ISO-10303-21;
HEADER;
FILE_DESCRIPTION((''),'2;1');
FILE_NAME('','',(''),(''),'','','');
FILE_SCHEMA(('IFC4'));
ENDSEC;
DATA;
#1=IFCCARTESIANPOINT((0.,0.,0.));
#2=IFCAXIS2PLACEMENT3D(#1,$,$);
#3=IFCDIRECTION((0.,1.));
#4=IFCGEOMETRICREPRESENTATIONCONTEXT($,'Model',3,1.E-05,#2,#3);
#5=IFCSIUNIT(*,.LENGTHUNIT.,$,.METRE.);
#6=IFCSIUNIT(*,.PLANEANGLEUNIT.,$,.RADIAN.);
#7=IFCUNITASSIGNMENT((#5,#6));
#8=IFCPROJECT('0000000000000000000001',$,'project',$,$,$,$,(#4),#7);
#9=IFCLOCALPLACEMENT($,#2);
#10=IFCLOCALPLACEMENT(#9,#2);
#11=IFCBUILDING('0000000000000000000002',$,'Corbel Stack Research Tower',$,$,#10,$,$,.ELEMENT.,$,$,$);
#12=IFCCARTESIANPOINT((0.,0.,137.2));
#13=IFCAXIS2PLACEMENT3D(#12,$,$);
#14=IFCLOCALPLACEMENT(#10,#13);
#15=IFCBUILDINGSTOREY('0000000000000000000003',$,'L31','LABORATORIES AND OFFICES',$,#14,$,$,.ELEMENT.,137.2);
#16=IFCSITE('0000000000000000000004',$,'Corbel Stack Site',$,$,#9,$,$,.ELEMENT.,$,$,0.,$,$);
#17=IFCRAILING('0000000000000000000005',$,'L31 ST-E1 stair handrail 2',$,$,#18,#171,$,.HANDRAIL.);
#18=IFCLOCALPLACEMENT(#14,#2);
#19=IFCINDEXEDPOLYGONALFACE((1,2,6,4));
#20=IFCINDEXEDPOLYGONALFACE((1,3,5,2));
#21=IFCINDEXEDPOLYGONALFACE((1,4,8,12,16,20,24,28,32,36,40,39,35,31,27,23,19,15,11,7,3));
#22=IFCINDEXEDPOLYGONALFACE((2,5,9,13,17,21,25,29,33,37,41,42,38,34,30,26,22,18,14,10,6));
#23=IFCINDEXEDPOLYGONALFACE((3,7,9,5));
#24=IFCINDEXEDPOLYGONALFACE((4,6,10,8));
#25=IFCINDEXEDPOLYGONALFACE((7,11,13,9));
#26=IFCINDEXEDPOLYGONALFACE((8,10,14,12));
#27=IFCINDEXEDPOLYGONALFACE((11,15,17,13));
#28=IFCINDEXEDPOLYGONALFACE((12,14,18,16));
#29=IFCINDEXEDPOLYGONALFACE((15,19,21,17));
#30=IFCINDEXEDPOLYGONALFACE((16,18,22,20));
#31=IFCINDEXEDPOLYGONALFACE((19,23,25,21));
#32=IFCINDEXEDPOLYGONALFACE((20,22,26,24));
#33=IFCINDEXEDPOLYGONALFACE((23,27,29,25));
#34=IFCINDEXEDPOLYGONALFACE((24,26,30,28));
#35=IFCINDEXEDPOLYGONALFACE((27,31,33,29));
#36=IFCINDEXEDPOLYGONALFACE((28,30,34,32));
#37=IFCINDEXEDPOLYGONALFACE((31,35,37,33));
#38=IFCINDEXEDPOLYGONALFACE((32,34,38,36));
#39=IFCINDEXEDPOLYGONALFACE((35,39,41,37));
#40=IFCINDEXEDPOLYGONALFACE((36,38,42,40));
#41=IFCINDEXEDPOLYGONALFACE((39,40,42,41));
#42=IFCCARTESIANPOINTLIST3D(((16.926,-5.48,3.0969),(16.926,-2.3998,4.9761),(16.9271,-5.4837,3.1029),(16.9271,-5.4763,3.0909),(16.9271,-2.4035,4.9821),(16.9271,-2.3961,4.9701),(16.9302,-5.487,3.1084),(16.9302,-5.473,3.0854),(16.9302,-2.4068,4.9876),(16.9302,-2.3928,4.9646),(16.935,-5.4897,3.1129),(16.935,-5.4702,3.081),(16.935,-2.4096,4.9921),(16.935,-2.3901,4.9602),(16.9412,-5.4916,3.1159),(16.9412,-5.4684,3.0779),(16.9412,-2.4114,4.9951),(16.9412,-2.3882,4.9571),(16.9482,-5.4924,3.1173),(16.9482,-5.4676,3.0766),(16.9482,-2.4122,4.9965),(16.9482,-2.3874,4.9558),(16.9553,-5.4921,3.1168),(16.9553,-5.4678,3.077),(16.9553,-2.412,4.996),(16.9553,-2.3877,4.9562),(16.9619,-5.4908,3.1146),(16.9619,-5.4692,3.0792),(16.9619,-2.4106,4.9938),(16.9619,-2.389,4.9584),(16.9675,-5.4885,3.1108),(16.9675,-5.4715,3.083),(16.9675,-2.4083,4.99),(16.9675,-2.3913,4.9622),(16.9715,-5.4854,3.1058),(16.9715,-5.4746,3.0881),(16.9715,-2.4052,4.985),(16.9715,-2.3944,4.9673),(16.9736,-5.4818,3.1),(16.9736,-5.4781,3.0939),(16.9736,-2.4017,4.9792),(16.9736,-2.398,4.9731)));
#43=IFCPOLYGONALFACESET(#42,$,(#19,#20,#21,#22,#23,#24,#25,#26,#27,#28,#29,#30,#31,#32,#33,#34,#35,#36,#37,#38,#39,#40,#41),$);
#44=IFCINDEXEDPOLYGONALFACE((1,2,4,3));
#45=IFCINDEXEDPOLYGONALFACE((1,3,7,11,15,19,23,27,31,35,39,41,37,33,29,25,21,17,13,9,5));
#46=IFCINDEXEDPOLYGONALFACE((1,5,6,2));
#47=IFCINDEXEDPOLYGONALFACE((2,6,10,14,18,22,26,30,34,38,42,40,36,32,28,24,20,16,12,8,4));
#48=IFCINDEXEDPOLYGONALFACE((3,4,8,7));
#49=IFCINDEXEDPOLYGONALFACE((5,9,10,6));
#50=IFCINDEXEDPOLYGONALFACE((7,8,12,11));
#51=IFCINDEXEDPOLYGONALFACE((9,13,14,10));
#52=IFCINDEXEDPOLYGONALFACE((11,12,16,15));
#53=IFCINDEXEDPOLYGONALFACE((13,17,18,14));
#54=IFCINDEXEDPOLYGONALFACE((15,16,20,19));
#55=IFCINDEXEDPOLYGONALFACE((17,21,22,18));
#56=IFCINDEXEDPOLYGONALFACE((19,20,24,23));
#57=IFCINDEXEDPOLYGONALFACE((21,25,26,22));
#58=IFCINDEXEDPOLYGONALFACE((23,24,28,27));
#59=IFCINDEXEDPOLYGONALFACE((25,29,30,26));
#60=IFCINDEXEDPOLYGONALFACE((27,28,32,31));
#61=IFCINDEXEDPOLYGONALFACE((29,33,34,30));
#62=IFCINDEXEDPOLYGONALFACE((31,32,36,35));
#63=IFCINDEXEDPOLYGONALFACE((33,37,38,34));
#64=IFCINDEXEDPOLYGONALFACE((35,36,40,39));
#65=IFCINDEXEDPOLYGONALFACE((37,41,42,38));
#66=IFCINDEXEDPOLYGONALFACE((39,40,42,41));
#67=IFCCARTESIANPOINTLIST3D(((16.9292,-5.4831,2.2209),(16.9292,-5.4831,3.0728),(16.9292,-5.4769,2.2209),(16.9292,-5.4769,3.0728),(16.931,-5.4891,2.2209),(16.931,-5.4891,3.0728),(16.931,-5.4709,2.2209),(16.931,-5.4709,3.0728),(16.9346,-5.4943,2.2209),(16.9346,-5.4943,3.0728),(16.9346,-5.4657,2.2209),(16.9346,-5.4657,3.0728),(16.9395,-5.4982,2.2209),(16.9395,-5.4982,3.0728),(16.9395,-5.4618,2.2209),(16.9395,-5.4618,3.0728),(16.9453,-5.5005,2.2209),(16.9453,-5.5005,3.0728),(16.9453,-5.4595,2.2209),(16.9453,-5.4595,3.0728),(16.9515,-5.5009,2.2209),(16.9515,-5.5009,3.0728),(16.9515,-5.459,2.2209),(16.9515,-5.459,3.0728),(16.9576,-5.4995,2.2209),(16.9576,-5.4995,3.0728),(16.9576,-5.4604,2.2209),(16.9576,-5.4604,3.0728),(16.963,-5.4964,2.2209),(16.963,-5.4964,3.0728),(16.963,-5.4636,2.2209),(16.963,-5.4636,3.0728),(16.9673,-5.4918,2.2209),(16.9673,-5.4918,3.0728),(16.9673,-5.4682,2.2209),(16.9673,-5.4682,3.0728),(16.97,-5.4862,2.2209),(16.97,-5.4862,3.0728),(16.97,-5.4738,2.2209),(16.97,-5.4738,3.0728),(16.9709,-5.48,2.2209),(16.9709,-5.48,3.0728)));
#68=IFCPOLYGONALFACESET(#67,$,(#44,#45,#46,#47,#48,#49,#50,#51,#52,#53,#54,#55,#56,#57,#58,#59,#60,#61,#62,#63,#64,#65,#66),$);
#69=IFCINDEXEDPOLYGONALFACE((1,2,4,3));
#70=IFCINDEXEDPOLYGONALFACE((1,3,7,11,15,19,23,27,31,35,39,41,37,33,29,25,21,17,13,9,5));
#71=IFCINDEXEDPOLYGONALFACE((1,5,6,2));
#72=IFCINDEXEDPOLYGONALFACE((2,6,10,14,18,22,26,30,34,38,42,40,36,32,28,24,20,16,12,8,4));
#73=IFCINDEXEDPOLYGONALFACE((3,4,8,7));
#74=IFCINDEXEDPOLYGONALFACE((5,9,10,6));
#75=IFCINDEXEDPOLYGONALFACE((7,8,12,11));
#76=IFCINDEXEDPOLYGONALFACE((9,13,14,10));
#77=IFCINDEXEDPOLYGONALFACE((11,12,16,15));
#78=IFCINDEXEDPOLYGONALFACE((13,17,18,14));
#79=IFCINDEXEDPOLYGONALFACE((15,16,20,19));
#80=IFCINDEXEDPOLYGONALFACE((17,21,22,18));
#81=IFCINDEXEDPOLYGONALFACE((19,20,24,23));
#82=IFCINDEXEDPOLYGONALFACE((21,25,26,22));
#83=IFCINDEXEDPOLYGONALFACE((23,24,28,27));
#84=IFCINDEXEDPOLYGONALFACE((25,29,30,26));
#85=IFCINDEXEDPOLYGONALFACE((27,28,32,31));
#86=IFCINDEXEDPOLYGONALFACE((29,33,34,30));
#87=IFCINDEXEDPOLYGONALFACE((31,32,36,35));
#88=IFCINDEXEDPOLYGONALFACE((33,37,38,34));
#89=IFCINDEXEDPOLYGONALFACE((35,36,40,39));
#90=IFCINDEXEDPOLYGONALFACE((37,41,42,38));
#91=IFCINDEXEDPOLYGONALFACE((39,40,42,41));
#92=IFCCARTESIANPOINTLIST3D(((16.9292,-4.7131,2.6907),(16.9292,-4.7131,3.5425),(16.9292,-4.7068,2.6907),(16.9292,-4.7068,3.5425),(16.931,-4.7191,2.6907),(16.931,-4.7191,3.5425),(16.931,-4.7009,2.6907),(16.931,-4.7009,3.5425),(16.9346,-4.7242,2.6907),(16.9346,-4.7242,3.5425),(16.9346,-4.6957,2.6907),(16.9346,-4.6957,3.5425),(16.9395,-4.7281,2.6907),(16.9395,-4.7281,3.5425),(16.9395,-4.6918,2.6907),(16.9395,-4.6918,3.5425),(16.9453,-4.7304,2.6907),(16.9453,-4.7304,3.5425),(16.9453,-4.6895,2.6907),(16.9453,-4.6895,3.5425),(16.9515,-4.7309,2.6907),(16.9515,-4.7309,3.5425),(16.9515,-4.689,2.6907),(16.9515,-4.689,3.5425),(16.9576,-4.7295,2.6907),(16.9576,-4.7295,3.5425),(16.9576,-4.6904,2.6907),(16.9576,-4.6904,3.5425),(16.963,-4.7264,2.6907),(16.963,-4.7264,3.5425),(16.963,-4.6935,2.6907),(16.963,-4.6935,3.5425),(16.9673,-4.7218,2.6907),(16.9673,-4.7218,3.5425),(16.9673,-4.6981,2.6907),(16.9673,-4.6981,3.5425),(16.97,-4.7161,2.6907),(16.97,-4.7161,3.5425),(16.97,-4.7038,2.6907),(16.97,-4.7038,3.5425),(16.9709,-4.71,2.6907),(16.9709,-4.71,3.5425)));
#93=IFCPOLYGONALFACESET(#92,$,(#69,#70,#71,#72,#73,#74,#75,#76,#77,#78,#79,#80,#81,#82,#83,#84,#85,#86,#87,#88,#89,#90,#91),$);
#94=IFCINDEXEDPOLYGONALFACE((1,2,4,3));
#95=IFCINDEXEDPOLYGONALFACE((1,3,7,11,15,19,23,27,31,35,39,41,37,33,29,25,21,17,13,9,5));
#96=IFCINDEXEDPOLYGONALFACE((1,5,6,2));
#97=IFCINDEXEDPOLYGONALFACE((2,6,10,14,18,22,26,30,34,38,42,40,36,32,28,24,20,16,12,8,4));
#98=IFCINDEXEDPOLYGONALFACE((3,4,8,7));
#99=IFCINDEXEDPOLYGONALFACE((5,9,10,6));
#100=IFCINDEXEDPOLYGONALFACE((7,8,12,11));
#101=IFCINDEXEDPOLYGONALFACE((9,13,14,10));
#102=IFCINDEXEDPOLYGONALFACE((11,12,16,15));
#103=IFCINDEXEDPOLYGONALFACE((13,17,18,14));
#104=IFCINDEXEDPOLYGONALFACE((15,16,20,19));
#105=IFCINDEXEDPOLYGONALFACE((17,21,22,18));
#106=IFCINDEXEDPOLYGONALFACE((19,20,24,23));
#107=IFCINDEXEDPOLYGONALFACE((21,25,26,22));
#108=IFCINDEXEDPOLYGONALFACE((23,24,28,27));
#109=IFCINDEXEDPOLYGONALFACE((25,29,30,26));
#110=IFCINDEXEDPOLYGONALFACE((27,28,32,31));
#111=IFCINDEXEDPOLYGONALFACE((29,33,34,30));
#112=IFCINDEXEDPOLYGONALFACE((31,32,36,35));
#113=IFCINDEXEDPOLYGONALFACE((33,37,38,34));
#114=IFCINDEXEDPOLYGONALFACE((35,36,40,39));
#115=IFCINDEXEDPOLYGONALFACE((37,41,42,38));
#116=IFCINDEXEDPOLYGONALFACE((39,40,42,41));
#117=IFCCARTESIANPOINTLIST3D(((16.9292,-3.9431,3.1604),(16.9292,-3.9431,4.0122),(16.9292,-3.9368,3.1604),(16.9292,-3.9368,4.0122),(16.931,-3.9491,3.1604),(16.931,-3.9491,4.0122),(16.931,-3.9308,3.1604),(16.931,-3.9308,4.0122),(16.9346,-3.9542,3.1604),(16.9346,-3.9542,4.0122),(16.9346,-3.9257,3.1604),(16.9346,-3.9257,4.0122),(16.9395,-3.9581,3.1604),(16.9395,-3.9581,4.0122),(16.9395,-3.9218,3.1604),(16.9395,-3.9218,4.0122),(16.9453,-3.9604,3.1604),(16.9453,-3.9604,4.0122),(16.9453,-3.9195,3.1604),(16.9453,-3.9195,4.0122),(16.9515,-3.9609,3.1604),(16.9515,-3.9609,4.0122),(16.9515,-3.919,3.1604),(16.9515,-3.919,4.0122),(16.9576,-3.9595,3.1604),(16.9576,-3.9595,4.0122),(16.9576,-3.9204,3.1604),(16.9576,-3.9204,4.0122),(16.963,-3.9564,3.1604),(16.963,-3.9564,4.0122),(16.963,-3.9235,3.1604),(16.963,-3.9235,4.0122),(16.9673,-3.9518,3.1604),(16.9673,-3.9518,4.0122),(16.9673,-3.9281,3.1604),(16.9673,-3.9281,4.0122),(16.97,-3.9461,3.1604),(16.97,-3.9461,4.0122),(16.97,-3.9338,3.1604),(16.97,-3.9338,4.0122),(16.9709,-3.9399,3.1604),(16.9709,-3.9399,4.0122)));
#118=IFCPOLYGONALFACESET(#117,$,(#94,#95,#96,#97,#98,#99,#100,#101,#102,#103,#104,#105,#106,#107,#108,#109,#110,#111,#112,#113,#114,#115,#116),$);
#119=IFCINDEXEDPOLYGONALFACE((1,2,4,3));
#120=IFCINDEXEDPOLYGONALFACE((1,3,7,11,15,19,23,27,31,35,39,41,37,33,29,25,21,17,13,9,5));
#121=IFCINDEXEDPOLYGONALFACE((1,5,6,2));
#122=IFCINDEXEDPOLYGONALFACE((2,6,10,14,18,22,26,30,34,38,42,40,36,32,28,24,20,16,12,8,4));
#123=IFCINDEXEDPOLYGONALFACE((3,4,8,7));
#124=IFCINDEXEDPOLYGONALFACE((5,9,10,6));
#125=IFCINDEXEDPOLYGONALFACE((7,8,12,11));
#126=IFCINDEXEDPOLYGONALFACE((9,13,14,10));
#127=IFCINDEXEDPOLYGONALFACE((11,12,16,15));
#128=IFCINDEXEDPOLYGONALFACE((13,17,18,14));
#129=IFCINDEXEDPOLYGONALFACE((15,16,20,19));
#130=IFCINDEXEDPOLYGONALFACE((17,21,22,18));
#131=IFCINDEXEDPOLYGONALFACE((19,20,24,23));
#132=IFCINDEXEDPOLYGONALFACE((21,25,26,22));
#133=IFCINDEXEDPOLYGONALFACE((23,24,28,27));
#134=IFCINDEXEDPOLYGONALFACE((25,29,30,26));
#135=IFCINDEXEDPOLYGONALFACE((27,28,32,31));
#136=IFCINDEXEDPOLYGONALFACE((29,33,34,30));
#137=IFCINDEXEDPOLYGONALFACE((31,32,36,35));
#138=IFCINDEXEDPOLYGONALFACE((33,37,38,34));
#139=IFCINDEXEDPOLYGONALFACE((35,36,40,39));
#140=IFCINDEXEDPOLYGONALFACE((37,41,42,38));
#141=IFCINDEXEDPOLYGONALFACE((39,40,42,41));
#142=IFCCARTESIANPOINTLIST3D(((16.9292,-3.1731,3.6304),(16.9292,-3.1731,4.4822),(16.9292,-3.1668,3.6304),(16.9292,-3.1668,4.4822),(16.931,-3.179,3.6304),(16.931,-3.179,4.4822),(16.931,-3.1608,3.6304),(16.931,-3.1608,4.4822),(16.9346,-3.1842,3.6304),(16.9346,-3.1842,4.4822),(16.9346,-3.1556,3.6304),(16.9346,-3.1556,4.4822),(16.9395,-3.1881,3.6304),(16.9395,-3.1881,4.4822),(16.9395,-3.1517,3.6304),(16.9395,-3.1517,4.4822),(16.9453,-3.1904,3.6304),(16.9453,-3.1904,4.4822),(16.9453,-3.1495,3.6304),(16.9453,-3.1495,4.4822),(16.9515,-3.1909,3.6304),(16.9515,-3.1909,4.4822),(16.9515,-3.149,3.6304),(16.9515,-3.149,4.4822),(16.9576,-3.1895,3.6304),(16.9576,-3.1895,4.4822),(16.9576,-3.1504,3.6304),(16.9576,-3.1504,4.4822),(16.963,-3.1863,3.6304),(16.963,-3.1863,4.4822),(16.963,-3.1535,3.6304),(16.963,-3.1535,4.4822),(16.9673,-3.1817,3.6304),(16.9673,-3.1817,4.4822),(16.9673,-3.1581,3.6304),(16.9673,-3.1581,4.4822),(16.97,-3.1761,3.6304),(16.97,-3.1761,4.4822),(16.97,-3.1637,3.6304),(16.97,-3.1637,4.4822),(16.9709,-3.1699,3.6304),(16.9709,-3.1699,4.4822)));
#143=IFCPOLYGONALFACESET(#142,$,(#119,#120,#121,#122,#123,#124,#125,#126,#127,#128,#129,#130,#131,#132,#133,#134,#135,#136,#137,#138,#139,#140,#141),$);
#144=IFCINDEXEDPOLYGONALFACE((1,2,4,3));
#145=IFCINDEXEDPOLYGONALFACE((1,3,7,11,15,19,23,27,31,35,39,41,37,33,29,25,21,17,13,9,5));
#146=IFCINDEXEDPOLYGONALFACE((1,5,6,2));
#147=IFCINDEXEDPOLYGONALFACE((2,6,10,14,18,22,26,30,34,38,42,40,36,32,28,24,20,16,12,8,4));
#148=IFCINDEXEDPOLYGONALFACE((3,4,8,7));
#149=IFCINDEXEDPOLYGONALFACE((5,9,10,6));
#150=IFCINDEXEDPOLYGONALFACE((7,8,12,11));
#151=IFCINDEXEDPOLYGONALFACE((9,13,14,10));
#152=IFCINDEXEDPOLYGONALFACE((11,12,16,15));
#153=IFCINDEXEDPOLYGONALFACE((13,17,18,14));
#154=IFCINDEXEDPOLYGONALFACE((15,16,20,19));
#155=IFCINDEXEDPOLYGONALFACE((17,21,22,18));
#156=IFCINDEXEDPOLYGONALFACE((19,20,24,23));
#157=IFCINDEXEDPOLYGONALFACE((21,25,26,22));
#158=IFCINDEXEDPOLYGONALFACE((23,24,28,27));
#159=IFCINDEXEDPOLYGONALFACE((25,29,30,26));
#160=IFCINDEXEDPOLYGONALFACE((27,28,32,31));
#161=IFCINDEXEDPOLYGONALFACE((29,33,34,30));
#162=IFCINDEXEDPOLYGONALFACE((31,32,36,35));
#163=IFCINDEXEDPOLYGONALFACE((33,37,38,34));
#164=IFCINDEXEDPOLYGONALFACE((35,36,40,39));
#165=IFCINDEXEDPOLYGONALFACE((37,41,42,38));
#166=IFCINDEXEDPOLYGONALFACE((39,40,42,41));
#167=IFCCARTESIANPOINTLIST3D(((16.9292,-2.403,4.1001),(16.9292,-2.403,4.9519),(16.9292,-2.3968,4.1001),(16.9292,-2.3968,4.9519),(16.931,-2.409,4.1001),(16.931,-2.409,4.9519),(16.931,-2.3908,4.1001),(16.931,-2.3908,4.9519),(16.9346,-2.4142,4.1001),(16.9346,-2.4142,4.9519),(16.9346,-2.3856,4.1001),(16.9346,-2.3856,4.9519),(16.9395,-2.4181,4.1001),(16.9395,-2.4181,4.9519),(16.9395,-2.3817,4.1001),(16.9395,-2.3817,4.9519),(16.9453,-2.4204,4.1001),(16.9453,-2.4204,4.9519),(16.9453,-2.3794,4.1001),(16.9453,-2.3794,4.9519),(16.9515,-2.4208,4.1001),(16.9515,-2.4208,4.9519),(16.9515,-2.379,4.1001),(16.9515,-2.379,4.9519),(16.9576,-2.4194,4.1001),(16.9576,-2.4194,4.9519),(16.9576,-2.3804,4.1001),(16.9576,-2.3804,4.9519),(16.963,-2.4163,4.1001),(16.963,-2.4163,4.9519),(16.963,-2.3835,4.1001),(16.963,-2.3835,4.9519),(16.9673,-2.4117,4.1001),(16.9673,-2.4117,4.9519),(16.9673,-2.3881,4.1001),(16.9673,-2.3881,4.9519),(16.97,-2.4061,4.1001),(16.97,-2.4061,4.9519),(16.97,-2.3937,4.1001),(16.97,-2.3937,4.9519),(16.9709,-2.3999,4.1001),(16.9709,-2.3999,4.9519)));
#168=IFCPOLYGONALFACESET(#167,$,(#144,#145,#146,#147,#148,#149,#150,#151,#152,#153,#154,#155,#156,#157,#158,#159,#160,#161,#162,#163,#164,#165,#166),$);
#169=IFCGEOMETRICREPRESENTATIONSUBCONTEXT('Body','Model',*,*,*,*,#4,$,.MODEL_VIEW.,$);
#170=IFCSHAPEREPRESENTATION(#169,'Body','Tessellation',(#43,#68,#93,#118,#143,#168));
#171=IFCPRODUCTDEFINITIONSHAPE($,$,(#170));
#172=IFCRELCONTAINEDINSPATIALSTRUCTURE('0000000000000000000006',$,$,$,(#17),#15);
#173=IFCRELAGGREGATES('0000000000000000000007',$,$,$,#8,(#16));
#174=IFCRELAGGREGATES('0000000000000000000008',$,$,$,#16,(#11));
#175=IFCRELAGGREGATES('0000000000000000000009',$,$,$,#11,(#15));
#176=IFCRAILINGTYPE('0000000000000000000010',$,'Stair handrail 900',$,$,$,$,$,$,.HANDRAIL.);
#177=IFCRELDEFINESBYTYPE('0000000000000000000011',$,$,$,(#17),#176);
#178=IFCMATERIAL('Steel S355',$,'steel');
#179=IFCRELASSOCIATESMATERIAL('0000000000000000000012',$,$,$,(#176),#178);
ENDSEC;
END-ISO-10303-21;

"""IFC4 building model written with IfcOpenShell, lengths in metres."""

from ifc_helpers import new_model, si_unit, direction, frame, origin, origin_2d, place, context, subcontext, project, spatial, circle, extrude, material, type_object, element, save


model = new_model("IFC4")

# Units and contexts
model_context = context("Model", 3, precision=1e-05, world=origin(), true_north=direction((0.0, 1.0)))
body_context = subcontext(model_context, "Body", "Model", "MODEL_VIEW")
ifc_project = project(units=[si_unit("LENGTHUNIT", "METRE"), si_unit("PLANEANGLEUNIT", "RADIAN")], contexts=[model_context])

# Site, building, storey
site_placement = place(None, origin())
site = spatial("IfcSite", under=ifc_project, at=site_placement, Name="Corbel Stack Site", CompositionType="ELEMENT", RefElevation=0.0)
building_placement = place(site_placement, origin())
building = spatial("IfcBuilding", under=site, at=building_placement, Name="Corbel Stack Research Tower", CompositionType="ELEMENT")
storey_placement = place(building_placement, frame((0.0, 0.0, 137.2)))
storey = spatial("IfcBuildingStorey", under=building, at=storey_placement, Name="L31", Description="LABORATORIES AND OFFICES", CompositionType="ELEMENT", Elevation=137.2)

# Railing
ifc_material_1 = material(Name="Steel S355", Category="steel")
railing_type_1 = type_object("IfcRailingType", Name="Stair handrail 900", PredefinedType="HANDRAIL", material=ifc_material_1)
railing_1_placement = place(storey_placement, frame((16.95, -5.48, 2.2209)))
element("IfcRailing", 1, at=railing_1_placement, inside=storey, type_object=railing_type_1, Name="L31 ST-E1 stair handrail 2", PredefinedType="HANDRAIL", context=body_context, shape_type="SweptSolid", body=[
    extrude(circle(Radius=0.0239, at=origin_2d()), frame((0.0, 0.0, 0.876), z_axis=(0.0, 0.853666, 0.52082), x_axis=(-1.0, 0.0, 0.0)), (0.0, 0.0, 1.0), 3.6082),
    extrude(circle(Radius=0.021, at=origin_2d()), origin(), (0.0, 0.0, 1.0), 0.8518),
    extrude(circle(Radius=0.021, at=origin_2d()), frame((0.0, 0.77, 0.4697)), (0.0, 0.0, 1.0), 0.8518),
    extrude(circle(Radius=0.021, at=origin_2d()), frame((0.0, 1.54, 0.9395)), (0.0, 0.0, 1.0), 0.8518),
    extrude(circle(Radius=0.021, at=origin_2d()), frame((0.0, 2.3101, 1.4094)), (0.0, 0.0, 1.0), 0.8518),
    extrude(circle(Radius=0.021, at=origin_2d()), frame((0.0, 3.0801, 1.8792)), (0.0, 0.0, 1.0), 0.8518),
])

save(model, "model.ifc")
